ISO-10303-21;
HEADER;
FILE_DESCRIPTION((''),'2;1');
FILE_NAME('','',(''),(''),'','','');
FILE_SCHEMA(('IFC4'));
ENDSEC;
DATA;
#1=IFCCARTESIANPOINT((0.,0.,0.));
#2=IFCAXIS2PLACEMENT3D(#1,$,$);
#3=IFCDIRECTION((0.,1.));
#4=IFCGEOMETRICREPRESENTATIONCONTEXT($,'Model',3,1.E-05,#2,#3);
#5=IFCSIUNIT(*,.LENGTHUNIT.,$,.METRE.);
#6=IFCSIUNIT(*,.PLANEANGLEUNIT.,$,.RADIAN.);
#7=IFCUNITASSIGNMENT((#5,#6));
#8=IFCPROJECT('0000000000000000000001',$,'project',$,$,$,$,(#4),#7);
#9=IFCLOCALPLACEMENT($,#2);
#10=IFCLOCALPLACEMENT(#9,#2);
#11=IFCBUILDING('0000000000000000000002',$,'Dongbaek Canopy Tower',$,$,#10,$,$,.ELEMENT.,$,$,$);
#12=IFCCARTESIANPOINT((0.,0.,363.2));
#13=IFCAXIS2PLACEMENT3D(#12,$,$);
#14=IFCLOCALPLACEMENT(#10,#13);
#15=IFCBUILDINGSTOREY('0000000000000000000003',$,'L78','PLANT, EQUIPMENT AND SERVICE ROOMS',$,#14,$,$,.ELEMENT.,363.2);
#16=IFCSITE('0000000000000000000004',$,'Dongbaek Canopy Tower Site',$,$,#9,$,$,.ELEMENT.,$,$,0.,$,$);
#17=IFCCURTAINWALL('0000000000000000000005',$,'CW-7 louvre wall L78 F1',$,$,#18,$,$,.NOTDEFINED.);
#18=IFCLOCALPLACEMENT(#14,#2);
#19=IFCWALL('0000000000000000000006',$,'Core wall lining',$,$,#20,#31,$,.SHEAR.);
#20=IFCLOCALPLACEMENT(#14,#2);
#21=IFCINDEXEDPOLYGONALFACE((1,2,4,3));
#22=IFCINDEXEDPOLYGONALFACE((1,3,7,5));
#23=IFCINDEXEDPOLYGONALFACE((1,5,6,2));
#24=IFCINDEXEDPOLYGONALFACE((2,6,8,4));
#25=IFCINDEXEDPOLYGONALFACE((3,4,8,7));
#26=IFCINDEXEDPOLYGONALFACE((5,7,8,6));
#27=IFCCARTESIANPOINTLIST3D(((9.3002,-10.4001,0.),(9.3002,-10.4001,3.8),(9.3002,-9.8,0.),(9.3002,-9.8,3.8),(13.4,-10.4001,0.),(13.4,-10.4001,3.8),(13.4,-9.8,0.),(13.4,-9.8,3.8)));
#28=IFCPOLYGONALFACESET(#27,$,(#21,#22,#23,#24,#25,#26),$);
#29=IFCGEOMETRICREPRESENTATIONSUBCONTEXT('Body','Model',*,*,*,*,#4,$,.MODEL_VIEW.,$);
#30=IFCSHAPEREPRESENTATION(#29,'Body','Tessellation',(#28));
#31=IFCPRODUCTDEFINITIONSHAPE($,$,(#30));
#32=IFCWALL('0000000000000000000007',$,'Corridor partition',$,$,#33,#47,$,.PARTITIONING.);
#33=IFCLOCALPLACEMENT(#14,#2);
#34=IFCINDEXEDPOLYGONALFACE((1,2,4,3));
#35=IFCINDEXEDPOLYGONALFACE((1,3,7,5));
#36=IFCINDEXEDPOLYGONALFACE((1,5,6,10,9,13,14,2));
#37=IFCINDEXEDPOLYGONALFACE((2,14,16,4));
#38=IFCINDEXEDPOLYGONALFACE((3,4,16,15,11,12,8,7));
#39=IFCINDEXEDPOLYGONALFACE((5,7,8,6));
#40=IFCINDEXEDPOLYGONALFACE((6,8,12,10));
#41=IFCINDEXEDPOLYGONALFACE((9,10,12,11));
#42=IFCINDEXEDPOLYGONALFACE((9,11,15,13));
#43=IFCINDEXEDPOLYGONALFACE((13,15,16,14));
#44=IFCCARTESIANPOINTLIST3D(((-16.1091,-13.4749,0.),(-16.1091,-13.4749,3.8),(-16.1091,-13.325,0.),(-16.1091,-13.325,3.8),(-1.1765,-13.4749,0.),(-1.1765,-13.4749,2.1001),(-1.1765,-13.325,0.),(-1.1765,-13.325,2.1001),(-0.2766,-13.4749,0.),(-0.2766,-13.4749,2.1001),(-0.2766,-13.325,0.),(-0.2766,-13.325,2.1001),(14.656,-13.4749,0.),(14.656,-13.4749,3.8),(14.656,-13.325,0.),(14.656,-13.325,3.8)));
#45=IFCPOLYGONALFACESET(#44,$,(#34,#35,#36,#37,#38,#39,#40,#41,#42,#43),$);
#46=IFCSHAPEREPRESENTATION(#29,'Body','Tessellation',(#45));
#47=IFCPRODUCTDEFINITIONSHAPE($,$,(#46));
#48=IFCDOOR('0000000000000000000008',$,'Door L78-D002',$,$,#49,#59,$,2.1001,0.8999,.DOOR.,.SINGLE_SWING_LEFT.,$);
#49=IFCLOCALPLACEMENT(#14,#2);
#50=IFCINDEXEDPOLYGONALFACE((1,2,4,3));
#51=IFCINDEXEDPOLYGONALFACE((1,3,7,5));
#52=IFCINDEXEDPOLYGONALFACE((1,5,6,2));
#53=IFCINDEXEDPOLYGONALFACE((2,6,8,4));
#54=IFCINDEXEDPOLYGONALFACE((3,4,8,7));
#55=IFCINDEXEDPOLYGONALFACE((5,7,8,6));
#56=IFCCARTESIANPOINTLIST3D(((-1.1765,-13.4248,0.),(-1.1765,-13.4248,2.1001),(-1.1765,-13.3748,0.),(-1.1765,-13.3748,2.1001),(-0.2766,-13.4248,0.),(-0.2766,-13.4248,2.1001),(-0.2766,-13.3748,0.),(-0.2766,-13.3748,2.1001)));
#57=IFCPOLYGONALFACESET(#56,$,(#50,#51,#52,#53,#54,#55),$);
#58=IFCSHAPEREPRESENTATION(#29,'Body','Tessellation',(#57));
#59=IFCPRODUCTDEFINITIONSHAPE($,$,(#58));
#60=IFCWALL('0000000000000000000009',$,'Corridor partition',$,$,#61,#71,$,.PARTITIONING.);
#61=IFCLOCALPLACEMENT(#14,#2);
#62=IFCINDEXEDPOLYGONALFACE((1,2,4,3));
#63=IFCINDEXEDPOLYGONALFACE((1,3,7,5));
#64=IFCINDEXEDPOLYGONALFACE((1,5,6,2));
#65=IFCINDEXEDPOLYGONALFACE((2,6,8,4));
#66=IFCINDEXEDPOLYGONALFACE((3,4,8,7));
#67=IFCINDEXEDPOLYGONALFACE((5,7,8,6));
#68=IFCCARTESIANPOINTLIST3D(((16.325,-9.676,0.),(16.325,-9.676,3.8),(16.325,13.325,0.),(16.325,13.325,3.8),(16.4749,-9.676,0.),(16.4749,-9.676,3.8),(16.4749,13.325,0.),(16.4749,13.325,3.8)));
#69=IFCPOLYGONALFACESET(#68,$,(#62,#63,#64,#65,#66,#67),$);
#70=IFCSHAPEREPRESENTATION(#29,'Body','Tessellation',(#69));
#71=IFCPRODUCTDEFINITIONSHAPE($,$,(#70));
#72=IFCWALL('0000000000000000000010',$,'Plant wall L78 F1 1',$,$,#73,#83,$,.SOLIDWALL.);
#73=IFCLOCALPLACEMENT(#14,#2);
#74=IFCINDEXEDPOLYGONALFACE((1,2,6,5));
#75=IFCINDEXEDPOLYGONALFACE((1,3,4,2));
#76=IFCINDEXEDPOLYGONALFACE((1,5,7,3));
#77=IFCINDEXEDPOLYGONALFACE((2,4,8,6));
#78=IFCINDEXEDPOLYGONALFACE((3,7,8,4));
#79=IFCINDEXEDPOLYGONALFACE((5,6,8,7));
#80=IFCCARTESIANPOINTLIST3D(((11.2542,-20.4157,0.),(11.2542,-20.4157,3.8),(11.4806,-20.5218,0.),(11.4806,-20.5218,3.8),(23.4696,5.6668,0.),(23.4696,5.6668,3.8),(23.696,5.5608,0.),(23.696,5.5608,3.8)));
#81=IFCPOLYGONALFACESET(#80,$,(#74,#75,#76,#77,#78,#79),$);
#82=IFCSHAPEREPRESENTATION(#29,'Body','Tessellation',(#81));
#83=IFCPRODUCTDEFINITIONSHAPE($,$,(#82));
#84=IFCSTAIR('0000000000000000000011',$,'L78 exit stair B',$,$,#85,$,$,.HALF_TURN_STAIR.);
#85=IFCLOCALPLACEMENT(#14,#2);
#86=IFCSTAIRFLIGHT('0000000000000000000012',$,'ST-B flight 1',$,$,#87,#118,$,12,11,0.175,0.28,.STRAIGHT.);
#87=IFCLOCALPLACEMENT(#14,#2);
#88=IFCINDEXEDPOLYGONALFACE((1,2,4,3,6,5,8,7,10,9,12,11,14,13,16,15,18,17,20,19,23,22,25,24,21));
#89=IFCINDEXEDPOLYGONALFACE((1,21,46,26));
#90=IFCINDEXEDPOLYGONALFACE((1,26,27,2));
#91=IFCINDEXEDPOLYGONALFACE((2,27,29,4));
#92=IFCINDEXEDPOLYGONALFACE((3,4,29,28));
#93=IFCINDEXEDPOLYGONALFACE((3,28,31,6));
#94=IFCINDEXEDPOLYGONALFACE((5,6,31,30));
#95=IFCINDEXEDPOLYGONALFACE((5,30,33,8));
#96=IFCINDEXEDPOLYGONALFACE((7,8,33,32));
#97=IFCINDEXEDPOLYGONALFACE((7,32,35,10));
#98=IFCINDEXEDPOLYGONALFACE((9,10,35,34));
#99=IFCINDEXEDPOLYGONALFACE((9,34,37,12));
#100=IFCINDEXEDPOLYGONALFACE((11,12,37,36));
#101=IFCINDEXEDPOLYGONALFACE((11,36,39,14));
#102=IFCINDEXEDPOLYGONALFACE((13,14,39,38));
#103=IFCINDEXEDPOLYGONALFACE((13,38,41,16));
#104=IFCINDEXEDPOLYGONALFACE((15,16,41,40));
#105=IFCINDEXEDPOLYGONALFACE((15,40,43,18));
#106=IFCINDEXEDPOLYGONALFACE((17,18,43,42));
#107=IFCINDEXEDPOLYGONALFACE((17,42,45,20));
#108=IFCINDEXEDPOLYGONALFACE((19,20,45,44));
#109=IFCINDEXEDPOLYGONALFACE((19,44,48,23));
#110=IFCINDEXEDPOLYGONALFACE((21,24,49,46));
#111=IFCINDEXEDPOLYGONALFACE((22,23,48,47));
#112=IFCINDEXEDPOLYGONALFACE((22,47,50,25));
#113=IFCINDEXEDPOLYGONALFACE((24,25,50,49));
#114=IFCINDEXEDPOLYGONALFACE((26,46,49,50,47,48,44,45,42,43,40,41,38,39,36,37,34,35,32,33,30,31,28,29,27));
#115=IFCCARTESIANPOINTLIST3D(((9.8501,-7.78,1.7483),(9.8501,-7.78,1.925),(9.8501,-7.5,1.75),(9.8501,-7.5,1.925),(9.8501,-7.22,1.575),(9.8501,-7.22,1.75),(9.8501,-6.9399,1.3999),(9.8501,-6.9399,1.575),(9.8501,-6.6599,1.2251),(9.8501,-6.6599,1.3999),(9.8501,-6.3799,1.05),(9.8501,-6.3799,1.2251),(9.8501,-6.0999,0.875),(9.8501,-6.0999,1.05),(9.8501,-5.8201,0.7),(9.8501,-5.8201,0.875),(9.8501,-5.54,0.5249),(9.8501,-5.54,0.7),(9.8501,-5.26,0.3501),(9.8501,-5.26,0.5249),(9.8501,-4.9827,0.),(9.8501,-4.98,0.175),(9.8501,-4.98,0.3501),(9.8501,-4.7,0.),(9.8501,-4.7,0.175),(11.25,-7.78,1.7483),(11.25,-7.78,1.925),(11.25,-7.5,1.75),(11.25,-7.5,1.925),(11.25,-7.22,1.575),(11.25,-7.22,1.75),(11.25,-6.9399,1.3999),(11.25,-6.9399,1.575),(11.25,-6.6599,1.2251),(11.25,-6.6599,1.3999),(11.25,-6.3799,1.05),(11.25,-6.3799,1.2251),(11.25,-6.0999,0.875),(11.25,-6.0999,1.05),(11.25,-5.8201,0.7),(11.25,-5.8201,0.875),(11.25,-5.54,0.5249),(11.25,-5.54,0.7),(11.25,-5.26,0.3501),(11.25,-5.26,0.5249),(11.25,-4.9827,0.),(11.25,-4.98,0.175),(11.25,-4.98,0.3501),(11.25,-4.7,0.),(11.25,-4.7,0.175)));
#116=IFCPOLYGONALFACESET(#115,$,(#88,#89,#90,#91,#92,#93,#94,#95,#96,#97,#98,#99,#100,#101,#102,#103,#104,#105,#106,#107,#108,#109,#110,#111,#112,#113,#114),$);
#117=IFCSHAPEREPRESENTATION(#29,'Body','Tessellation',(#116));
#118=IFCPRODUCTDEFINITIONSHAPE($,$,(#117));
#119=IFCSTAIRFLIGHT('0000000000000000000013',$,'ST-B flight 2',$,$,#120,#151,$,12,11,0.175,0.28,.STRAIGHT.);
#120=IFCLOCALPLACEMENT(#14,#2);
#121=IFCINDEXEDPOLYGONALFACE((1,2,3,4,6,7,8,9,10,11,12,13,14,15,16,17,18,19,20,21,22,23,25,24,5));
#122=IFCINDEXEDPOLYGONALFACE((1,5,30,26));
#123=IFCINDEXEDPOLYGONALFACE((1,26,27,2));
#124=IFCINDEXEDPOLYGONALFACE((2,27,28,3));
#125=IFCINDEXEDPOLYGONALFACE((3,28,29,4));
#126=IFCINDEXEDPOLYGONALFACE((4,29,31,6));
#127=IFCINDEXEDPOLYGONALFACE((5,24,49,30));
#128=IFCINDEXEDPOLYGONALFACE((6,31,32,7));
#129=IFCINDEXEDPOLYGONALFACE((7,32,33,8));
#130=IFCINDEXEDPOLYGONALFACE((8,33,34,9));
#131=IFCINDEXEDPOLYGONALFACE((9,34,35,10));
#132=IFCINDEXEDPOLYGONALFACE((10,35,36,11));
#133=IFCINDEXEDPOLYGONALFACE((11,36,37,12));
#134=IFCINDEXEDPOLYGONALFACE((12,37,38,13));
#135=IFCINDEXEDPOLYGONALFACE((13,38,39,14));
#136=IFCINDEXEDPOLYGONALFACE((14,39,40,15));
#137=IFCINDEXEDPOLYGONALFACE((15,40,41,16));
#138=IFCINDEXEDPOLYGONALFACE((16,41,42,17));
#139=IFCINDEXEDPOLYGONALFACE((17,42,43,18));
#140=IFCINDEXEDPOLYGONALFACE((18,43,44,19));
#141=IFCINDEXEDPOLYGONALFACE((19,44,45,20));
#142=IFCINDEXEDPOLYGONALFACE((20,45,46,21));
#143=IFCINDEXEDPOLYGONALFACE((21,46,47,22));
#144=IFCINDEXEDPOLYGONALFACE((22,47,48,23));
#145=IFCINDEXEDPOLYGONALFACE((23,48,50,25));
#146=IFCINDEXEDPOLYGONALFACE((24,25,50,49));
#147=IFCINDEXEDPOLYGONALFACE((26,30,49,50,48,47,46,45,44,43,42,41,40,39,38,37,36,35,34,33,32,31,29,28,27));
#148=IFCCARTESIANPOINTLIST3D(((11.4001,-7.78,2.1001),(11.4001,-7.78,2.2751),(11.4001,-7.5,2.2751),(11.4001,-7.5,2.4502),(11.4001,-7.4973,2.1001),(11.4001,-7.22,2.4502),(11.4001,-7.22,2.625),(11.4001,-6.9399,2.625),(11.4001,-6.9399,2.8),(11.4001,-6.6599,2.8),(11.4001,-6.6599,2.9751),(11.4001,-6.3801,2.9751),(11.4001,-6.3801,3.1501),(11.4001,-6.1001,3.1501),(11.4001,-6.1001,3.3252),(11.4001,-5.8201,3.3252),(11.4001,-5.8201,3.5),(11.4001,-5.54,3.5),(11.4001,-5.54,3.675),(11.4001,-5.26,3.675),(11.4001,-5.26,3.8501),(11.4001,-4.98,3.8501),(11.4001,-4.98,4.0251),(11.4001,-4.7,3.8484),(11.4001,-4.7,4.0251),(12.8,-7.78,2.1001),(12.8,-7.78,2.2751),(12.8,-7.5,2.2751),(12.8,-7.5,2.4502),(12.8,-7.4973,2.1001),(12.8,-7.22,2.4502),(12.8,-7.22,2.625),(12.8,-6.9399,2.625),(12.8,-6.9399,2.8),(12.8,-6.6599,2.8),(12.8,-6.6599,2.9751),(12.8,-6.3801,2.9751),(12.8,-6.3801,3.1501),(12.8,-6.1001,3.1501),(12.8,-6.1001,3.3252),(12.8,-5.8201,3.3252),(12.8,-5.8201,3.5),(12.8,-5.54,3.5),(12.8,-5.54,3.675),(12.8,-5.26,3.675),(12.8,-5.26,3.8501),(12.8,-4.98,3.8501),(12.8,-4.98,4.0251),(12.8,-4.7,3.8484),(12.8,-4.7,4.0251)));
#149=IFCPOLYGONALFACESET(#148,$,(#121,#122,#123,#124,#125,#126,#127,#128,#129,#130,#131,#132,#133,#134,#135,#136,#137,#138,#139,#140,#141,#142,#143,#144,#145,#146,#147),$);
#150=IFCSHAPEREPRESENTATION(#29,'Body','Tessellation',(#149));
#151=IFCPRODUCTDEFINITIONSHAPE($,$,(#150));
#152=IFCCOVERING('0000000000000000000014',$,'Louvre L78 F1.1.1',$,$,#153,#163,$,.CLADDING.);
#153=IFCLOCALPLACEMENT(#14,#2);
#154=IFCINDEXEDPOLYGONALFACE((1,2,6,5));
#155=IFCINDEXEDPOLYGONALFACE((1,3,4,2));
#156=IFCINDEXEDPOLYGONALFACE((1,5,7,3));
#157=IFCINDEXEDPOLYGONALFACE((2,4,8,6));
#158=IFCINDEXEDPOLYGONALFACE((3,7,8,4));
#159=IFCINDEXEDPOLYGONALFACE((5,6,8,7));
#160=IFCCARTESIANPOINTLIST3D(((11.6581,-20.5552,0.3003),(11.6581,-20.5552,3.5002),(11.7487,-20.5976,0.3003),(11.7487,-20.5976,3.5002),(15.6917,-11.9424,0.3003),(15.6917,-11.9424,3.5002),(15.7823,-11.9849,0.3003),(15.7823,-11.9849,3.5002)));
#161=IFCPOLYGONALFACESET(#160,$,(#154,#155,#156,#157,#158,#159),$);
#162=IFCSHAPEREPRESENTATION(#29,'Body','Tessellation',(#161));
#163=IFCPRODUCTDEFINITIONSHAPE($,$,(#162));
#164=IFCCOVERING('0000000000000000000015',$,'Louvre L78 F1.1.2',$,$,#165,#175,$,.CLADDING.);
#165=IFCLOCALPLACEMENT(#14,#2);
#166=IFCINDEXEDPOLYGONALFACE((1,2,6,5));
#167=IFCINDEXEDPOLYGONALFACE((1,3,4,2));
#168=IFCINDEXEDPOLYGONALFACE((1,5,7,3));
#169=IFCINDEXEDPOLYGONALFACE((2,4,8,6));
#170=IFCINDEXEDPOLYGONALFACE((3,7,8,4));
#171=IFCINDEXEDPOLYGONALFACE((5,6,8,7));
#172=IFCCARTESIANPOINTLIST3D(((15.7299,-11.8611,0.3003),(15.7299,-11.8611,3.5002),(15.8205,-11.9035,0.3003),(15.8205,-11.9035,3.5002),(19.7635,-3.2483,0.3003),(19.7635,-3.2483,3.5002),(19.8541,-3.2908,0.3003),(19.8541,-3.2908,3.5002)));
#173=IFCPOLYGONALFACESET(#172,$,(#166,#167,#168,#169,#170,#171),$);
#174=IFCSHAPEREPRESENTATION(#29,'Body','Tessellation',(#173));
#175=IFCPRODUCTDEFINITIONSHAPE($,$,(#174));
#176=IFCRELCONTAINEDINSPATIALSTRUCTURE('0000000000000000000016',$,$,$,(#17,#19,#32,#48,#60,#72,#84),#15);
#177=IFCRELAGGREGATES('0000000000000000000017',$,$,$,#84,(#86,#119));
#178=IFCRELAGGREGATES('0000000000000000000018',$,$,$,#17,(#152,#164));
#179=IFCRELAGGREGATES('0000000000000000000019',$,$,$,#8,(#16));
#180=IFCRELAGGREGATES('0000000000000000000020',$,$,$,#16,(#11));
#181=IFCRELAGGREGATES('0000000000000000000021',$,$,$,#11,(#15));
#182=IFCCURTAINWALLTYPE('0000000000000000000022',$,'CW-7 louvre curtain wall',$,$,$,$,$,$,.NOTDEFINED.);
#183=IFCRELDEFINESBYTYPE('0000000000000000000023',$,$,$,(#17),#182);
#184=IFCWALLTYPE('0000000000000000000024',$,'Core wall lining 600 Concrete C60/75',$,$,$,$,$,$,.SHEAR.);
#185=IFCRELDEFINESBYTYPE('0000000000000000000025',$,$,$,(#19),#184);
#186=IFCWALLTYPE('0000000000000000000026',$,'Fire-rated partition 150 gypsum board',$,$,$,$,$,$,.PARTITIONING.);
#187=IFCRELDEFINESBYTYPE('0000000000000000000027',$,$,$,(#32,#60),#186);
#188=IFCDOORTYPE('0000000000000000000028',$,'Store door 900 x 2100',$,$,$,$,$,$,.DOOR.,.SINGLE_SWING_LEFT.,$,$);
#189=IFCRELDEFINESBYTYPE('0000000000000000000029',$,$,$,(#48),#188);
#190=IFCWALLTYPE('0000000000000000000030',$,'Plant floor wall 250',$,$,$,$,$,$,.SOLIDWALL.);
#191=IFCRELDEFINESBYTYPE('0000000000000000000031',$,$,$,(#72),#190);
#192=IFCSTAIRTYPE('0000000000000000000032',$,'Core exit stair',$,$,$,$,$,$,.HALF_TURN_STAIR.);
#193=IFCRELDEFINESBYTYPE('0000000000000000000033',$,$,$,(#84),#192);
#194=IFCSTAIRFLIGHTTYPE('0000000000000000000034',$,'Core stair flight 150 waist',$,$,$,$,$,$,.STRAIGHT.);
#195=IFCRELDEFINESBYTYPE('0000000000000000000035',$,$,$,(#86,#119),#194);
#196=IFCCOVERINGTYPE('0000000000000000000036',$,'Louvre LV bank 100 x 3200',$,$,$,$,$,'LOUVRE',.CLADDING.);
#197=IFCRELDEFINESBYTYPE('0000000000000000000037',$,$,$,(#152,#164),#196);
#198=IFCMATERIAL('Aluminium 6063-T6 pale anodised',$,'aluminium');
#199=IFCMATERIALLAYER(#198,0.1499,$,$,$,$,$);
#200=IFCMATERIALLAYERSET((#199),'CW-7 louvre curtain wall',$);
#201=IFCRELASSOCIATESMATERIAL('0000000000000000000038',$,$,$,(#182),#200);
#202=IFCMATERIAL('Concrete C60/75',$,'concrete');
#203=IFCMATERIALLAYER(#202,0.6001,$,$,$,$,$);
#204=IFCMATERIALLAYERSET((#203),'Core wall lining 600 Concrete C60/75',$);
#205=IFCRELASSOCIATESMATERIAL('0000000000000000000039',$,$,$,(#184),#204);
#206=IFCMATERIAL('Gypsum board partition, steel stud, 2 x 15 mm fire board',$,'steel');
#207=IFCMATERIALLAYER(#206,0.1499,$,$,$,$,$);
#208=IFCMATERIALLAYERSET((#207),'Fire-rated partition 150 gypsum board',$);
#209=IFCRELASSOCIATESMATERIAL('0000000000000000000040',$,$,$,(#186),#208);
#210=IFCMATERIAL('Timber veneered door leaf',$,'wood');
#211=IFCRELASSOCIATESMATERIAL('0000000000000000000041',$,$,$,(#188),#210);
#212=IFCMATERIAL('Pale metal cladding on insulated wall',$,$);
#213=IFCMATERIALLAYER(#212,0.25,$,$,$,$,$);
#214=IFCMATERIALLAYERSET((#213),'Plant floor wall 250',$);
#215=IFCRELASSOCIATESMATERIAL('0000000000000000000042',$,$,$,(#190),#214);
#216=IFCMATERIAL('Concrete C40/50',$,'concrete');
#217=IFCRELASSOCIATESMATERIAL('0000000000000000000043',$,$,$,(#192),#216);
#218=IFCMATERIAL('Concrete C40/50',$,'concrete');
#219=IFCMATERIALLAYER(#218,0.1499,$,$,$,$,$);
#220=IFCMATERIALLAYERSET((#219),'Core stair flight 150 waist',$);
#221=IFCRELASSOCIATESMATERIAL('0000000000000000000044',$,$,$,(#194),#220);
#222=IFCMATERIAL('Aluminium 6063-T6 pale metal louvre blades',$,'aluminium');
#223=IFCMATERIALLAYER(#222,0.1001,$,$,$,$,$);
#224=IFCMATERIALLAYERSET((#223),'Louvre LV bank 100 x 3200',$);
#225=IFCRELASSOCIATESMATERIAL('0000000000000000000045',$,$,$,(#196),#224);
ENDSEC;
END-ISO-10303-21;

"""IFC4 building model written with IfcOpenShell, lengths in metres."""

from ifc_helpers import new_model, si_unit, direction, frame, frame_2d, origin, origin_2d, place, context, subcontext, project, spatial, polyline, rectangle, outline, extrude, material, layer, layer_set, type_object, element, fill, aggregate, save


model = new_model("IFC4")

# Units and contexts
model_context = context("Model", 3, precision=1e-05, world=origin(), true_north=direction((0.0, 1.0)))
body_context = subcontext(model_context, "Body", "Model", "MODEL_VIEW")
ifc_project = project(units=[si_unit("LENGTHUNIT", "METRE"), si_unit("PLANEANGLEUNIT", "RADIAN")], contexts=[model_context])

# Site, building, storey
site_placement = place(None, origin())
site = spatial("IfcSite", under=ifc_project, at=site_placement, Name="Dongbaek Canopy Tower Site", CompositionType="ELEMENT", RefElevation=0.0)
building_placement = place(site_placement, origin())
building = spatial("IfcBuilding", under=site, at=building_placement, Name="Dongbaek Canopy Tower", CompositionType="ELEMENT")
storey_placement = place(building_placement, frame((0.0, 0.0, 363.2)))
storey = spatial("IfcBuildingStorey", under=building, at=storey_placement, Name="L78", Description="PLANT, EQUIPMENT AND SERVICE ROOMS", CompositionType="ELEMENT", Elevation=363.2)

# Shared definitions
ifc_material_1 = material(Name="Aluminium 6063-T6 pale anodised", Category="aluminium")
ifc_layer_1 = layer(ifc_material_1, 0.1499)
ifc_layer_set_1 = layer_set([ifc_layer_1], Name="CW-7 louvre curtain wall")
curtain_wall_type = type_object("IfcCurtainWallType", Name="CW-7 louvre curtain wall", PredefinedType="NOTDEFINED", material=ifc_layer_set_1)

# Curtain wall
curtain_wall_1_placement = place(storey_placement, origin())
curtain_wall_1 = element("IfcCurtainWall", 1, at=curtain_wall_1_placement, inside=storey, type_object=curtain_wall_type, Name="CW-7 louvre wall L78 F1", PredefinedType="NOTDEFINED")

# Wall
ifc_material_2 = material(Name="Concrete C60/75", Category="concrete")
ifc_layer_2 = layer(ifc_material_2, 0.6001)
ifc_layer_set_2 = layer_set([ifc_layer_2], Name="Core wall lining 600 Concrete C60/75")
wall_type_1 = type_object("IfcWallType", Name="Core wall lining 600 Concrete C60/75", PredefinedType="SHEAR", material=ifc_layer_set_2)
wall_1_placement = place(storey_placement, frame((13.3999, -10.1001, 0.0), z_axis=(0.0, 0.0, 1.0), x_axis=(-1.0, 0.0, 0.0)))
element("IfcWall", 2, at=wall_1_placement, inside=storey, type_object=wall_type_1, Name="Core wall lining", PredefinedType="SHEAR", context=body_context, shape_type="SweptSolid", body=[
    extrude(rectangle(XDim=4.0999, YDim=0.6001, at=frame_2d((2.0498, 0.0))), origin(), (0.0, 0.0, 1.0), 3.8),
])

# Wall, opening, door
ifc_material_3 = material(Name="Gypsum board partition, steel stud, 2 x 15 mm fire board", Category="steel")
ifc_layer_3 = layer(ifc_material_3, 0.1499)
ifc_layer_set_3 = layer_set([ifc_layer_3], Name="Fire-rated partition 150 gypsum board")
wall_type_2 = type_object("IfcWallType", Name="Fire-rated partition 150 gypsum board", PredefinedType="PARTITIONING", material=ifc_layer_set_3)
wall_2_placement = place(storey_placement, frame((14.656, -13.3999, 0.0), z_axis=(0.0, 0.0, 1.0), x_axis=(-1.0, 0.0, 0.0)))
wall_2 = element("IfcWall", 3, at=wall_2_placement, inside=storey, type_object=wall_type_2, Name="Corridor partition", PredefinedType="PARTITIONING", context=body_context, shape_type="SweptSolid", body=[
    extrude(rectangle(XDim=30.7651, YDim=0.1499, at=frame_2d((15.3826, 0.0))), origin(), (0.0, 0.0, 1.0), 3.8),
])
opening_1_placement = place(wall_2_placement, frame((14.9326, 0.0, 0.0)))
opening_1 = element("IfcOpeningElement", 4, at=opening_1_placement, cuts=wall_2, PredefinedType="OPENING", context=body_context, shape_type="SweptSolid", body=[
    extrude(rectangle(XDim=0.8999, YDim=2.1001, at=frame_2d((0.45, 1.05))), frame((0.0, 0.085, 0.0), z_axis=(0.0, -1.0, 0.0), x_axis=(1.0, 0.0, 0.0)), (0.0, 0.0, 1.0), 0.1699),
])
ifc_material_4 = material(Name="Timber veneered door leaf", Category="wood")
door_type_1 = type_object("IfcDoorType", Name="Store door 900 x 2100", OperationType="SINGLE_SWING_LEFT", PredefinedType="DOOR", material=ifc_material_4)
door_1_placement = place(opening_1_placement, origin())
door_1 = element("IfcDoor", 5, at=door_1_placement, inside=storey, type_object=door_type_1, Name="Door L78-D002", OperationType="SINGLE_SWING_LEFT", OverallHeight=2.1001, OverallWidth=0.8999, PredefinedType="DOOR", context=body_context, shape_type="SweptSolid", body=[
    extrude(rectangle(XDim=0.8999, YDim=2.1001, at=frame_2d((0.45, 1.05))), frame((0.0, 0.0249, 0.0), z_axis=(0.0, -1.0, 0.0), x_axis=(1.0, 0.0, 0.0)), (0.0, 0.0, 1.0), 0.05),
])
fill(opening_1, door_1)

# Walls
wall_3_placement = place(storey_placement, frame((16.3999, -9.676, 0.0), z_axis=(0.0, 0.0, 1.0), x_axis=(0.0, 1.0, 0.0)))
element("IfcWall", 6, at=wall_3_placement, inside=storey, type_object=wall_type_2, Name="Corridor partition", PredefinedType="PARTITIONING", context=body_context, shape_type="SweptSolid", body=[
    extrude(rectangle(XDim=23.001, YDim=0.1499, at=frame_2d((11.5005, 0.0))), origin(), (0.0, 0.0, 1.0), 3.8),
])
ifc_material_5 = material(Name="Pale metal cladding on insulated wall")
ifc_layer_4 = layer(ifc_material_5, 0.25)
ifc_layer_set_4 = layer_set([ifc_layer_4], Name="Plant floor wall 250")
wall_type_3 = type_object("IfcWallType", Name="Plant floor wall 250", PredefinedType="SOLIDWALL", material=ifc_layer_set_4)
wall_4_placement = place(storey_placement, frame((11.3674, -20.4688, 0.0), z_axis=(0.0, 0.0, 1.0), x_axis=(0.424125, 0.905604, 0.0)))
element("IfcWall", 7, at=wall_4_placement, inside=storey, type_object=wall_type_3, Name="Plant wall L78 F1 1", PredefinedType="SOLIDWALL", context=body_context, shape_type="SweptSolid", body=[
    extrude(rectangle(XDim=28.8013, YDim=0.25, at=frame_2d((14.4006, 0.0))), origin(), (0.0, 0.0, 1.0), 3.8),
])

# Stair, stair flights
ifc_material_6 = material(Name="Concrete C40/50", Category="concrete")
stair_type = type_object("IfcStairType", Name="Core exit stair", PredefinedType="HALF_TURN_STAIR", material=ifc_material_6)
stair_placement = place(storey_placement, origin())
stair = element("IfcStair", 8, at=stair_placement, inside=storey, type_object=stair_type, Name="L78 exit stair B", PredefinedType="HALF_TURN_STAIR")
ifc_material_7 = material(Name="Concrete C40/50", Category="concrete")
ifc_layer_5 = layer(ifc_material_7, 0.1499)
ifc_layer_set_5 = layer_set([ifc_layer_5], Name="Core stair flight 150 waist")
stair_flight_type = type_object("IfcStairFlightType", Name="Core stair flight 150 waist", PredefinedType="STRAIGHT", material=ifc_layer_set_5)
stair_flight_1_placement = place(storey_placement, frame((10.55, -4.7, 0.0), z_axis=(0.0, 0.0, 1.0), x_axis=(0.0, -1.0, 0.0)))
stair_flight_1 = element("IfcStairFlight", 9, at=stair_flight_1_placement, type_object=stair_flight_type, Name="ST-B flight 1", NumberOfRisers=12, NumberOfTreads=11, PredefinedType="STRAIGHT", RiserHeight=0.175, TreadLength=0.28, context=body_context, shape_type="SweptSolid", body=[
    extrude(outline(polyline([(0.0, 0.0), (0.0, 0.175), (0.28, 0.175), (0.28, 0.3501), (0.5601, 0.3501), (0.5601, 0.5249), (0.8401, 0.5249), (0.8401, 0.7), (1.1201, 0.7), (1.1201, 0.875), (1.3999, 0.875), (1.3999, 1.05), (1.6799, 1.05), (1.6799, 1.2251), (1.96, 1.2251), (1.96, 1.3999), (2.24, 1.3999), (2.24, 1.575), (2.52, 1.575), (2.52, 1.75), (2.8, 1.75), (2.8, 1.925), (3.0801, 1.925), (3.0801, 2.1001), (3.0801, 1.7483), (0.2827, 0.0), (0.0, 0.0)])), frame((0.0, 0.7, 0.0), z_axis=(0.0, -1.0, 0.0), x_axis=(1.0, 0.0, 0.0)), (0.0, 0.0, 1.0), 1.3999),
])
stair_flight_2_placement = place(storey_placement, frame((12.1001, -7.78, 2.1001), z_axis=(0.0, 0.0, 1.0), x_axis=(0.0, 1.0, 0.0)))
stair_flight_2 = element("IfcStairFlight", 10, at=stair_flight_2_placement, type_object=stair_flight_type, Name="ST-B flight 2", NumberOfRisers=12, NumberOfTreads=11, PredefinedType="STRAIGHT", RiserHeight=0.175, TreadLength=0.28, context=body_context, shape_type="SweptSolid", body=[
    extrude(outline(polyline([(0.0, 0.0), (0.0, 0.175), (0.28, 0.175), (0.28, 0.3501), (0.5601, 0.3501), (0.5601, 0.5249), (0.8401, 0.5249), (0.8401, 0.7), (1.1201, 0.7), (1.1201, 0.875), (1.3999, 0.875), (1.3999, 1.05), (1.6799, 1.05), (1.6799, 1.2251), (1.96, 1.2251), (1.96, 1.3999), (2.24, 1.3999), (2.24, 1.575), (2.52, 1.575), (2.52, 1.75), (2.8, 1.75), (2.8, 1.925), (3.0801, 1.925), (3.0801, 2.1001), (3.0801, 1.7483), (0.2827, 0.0), (0.0, 0.0)])), frame((0.0, 0.7, 0.0), z_axis=(0.0, -1.0, 0.0), x_axis=(1.0, 0.0, 0.0)), (0.0, 0.0, 1.0), 1.3999),
])
aggregate(stair, [stair_flight_1, stair_flight_2])

# Coverings
ifc_material_8 = material(Name="Aluminium 6063-T6 pale metal louvre blades", Category="aluminium")
ifc_layer_6 = layer(ifc_material_8, 0.1001)
ifc_layer_set_6 = layer_set([ifc_layer_6], Name="Louvre LV bank 100 x 3200")
covering_type = type_object("IfcCoveringType", Name="Louvre LV bank 100 x 3200", ElementType="LOUVRE", PredefinedType="CLADDING", material=ifc_layer_set_6)
covering_1_placement = place(storey_placement, frame((13.7202, -16.27, 0.3003), z_axis=(0.0, 0.0, 1.0), x_axis=(0.424123, 0.905605, 0.0)))
covering_1 = element("IfcCovering", 11, at=covering_1_placement, type_object=covering_type, Name="Louvre L78 F1.1.1", PredefinedType="CLADDING", context=body_context, shape_type="SweptSolid", body=[
    extrude(rectangle(XDim=9.5105, YDim=0.1001, at=origin_2d()), origin(), (0.0, 0.0, 1.0), 3.2),
])
covering_2_placement = place(storey_placement, frame((17.792, -7.5759, 0.3003), z_axis=(0.0, 0.0, 1.0), x_axis=(0.424123, 0.905605, 0.0)))
covering_2 = element("IfcCovering", 12, at=covering_2_placement, type_object=covering_type, Name="Louvre L78 F1.1.2", PredefinedType="CLADDING", context=body_context, shape_type="SweptSolid", body=[
    extrude(rectangle(XDim=9.5105, YDim=0.1001, at=origin_2d()), origin(), (0.0, 0.0, 1.0), 3.2),
])

aggregate(curtain_wall_1, [covering_1, covering_2])

save(model, "model.ifc")
